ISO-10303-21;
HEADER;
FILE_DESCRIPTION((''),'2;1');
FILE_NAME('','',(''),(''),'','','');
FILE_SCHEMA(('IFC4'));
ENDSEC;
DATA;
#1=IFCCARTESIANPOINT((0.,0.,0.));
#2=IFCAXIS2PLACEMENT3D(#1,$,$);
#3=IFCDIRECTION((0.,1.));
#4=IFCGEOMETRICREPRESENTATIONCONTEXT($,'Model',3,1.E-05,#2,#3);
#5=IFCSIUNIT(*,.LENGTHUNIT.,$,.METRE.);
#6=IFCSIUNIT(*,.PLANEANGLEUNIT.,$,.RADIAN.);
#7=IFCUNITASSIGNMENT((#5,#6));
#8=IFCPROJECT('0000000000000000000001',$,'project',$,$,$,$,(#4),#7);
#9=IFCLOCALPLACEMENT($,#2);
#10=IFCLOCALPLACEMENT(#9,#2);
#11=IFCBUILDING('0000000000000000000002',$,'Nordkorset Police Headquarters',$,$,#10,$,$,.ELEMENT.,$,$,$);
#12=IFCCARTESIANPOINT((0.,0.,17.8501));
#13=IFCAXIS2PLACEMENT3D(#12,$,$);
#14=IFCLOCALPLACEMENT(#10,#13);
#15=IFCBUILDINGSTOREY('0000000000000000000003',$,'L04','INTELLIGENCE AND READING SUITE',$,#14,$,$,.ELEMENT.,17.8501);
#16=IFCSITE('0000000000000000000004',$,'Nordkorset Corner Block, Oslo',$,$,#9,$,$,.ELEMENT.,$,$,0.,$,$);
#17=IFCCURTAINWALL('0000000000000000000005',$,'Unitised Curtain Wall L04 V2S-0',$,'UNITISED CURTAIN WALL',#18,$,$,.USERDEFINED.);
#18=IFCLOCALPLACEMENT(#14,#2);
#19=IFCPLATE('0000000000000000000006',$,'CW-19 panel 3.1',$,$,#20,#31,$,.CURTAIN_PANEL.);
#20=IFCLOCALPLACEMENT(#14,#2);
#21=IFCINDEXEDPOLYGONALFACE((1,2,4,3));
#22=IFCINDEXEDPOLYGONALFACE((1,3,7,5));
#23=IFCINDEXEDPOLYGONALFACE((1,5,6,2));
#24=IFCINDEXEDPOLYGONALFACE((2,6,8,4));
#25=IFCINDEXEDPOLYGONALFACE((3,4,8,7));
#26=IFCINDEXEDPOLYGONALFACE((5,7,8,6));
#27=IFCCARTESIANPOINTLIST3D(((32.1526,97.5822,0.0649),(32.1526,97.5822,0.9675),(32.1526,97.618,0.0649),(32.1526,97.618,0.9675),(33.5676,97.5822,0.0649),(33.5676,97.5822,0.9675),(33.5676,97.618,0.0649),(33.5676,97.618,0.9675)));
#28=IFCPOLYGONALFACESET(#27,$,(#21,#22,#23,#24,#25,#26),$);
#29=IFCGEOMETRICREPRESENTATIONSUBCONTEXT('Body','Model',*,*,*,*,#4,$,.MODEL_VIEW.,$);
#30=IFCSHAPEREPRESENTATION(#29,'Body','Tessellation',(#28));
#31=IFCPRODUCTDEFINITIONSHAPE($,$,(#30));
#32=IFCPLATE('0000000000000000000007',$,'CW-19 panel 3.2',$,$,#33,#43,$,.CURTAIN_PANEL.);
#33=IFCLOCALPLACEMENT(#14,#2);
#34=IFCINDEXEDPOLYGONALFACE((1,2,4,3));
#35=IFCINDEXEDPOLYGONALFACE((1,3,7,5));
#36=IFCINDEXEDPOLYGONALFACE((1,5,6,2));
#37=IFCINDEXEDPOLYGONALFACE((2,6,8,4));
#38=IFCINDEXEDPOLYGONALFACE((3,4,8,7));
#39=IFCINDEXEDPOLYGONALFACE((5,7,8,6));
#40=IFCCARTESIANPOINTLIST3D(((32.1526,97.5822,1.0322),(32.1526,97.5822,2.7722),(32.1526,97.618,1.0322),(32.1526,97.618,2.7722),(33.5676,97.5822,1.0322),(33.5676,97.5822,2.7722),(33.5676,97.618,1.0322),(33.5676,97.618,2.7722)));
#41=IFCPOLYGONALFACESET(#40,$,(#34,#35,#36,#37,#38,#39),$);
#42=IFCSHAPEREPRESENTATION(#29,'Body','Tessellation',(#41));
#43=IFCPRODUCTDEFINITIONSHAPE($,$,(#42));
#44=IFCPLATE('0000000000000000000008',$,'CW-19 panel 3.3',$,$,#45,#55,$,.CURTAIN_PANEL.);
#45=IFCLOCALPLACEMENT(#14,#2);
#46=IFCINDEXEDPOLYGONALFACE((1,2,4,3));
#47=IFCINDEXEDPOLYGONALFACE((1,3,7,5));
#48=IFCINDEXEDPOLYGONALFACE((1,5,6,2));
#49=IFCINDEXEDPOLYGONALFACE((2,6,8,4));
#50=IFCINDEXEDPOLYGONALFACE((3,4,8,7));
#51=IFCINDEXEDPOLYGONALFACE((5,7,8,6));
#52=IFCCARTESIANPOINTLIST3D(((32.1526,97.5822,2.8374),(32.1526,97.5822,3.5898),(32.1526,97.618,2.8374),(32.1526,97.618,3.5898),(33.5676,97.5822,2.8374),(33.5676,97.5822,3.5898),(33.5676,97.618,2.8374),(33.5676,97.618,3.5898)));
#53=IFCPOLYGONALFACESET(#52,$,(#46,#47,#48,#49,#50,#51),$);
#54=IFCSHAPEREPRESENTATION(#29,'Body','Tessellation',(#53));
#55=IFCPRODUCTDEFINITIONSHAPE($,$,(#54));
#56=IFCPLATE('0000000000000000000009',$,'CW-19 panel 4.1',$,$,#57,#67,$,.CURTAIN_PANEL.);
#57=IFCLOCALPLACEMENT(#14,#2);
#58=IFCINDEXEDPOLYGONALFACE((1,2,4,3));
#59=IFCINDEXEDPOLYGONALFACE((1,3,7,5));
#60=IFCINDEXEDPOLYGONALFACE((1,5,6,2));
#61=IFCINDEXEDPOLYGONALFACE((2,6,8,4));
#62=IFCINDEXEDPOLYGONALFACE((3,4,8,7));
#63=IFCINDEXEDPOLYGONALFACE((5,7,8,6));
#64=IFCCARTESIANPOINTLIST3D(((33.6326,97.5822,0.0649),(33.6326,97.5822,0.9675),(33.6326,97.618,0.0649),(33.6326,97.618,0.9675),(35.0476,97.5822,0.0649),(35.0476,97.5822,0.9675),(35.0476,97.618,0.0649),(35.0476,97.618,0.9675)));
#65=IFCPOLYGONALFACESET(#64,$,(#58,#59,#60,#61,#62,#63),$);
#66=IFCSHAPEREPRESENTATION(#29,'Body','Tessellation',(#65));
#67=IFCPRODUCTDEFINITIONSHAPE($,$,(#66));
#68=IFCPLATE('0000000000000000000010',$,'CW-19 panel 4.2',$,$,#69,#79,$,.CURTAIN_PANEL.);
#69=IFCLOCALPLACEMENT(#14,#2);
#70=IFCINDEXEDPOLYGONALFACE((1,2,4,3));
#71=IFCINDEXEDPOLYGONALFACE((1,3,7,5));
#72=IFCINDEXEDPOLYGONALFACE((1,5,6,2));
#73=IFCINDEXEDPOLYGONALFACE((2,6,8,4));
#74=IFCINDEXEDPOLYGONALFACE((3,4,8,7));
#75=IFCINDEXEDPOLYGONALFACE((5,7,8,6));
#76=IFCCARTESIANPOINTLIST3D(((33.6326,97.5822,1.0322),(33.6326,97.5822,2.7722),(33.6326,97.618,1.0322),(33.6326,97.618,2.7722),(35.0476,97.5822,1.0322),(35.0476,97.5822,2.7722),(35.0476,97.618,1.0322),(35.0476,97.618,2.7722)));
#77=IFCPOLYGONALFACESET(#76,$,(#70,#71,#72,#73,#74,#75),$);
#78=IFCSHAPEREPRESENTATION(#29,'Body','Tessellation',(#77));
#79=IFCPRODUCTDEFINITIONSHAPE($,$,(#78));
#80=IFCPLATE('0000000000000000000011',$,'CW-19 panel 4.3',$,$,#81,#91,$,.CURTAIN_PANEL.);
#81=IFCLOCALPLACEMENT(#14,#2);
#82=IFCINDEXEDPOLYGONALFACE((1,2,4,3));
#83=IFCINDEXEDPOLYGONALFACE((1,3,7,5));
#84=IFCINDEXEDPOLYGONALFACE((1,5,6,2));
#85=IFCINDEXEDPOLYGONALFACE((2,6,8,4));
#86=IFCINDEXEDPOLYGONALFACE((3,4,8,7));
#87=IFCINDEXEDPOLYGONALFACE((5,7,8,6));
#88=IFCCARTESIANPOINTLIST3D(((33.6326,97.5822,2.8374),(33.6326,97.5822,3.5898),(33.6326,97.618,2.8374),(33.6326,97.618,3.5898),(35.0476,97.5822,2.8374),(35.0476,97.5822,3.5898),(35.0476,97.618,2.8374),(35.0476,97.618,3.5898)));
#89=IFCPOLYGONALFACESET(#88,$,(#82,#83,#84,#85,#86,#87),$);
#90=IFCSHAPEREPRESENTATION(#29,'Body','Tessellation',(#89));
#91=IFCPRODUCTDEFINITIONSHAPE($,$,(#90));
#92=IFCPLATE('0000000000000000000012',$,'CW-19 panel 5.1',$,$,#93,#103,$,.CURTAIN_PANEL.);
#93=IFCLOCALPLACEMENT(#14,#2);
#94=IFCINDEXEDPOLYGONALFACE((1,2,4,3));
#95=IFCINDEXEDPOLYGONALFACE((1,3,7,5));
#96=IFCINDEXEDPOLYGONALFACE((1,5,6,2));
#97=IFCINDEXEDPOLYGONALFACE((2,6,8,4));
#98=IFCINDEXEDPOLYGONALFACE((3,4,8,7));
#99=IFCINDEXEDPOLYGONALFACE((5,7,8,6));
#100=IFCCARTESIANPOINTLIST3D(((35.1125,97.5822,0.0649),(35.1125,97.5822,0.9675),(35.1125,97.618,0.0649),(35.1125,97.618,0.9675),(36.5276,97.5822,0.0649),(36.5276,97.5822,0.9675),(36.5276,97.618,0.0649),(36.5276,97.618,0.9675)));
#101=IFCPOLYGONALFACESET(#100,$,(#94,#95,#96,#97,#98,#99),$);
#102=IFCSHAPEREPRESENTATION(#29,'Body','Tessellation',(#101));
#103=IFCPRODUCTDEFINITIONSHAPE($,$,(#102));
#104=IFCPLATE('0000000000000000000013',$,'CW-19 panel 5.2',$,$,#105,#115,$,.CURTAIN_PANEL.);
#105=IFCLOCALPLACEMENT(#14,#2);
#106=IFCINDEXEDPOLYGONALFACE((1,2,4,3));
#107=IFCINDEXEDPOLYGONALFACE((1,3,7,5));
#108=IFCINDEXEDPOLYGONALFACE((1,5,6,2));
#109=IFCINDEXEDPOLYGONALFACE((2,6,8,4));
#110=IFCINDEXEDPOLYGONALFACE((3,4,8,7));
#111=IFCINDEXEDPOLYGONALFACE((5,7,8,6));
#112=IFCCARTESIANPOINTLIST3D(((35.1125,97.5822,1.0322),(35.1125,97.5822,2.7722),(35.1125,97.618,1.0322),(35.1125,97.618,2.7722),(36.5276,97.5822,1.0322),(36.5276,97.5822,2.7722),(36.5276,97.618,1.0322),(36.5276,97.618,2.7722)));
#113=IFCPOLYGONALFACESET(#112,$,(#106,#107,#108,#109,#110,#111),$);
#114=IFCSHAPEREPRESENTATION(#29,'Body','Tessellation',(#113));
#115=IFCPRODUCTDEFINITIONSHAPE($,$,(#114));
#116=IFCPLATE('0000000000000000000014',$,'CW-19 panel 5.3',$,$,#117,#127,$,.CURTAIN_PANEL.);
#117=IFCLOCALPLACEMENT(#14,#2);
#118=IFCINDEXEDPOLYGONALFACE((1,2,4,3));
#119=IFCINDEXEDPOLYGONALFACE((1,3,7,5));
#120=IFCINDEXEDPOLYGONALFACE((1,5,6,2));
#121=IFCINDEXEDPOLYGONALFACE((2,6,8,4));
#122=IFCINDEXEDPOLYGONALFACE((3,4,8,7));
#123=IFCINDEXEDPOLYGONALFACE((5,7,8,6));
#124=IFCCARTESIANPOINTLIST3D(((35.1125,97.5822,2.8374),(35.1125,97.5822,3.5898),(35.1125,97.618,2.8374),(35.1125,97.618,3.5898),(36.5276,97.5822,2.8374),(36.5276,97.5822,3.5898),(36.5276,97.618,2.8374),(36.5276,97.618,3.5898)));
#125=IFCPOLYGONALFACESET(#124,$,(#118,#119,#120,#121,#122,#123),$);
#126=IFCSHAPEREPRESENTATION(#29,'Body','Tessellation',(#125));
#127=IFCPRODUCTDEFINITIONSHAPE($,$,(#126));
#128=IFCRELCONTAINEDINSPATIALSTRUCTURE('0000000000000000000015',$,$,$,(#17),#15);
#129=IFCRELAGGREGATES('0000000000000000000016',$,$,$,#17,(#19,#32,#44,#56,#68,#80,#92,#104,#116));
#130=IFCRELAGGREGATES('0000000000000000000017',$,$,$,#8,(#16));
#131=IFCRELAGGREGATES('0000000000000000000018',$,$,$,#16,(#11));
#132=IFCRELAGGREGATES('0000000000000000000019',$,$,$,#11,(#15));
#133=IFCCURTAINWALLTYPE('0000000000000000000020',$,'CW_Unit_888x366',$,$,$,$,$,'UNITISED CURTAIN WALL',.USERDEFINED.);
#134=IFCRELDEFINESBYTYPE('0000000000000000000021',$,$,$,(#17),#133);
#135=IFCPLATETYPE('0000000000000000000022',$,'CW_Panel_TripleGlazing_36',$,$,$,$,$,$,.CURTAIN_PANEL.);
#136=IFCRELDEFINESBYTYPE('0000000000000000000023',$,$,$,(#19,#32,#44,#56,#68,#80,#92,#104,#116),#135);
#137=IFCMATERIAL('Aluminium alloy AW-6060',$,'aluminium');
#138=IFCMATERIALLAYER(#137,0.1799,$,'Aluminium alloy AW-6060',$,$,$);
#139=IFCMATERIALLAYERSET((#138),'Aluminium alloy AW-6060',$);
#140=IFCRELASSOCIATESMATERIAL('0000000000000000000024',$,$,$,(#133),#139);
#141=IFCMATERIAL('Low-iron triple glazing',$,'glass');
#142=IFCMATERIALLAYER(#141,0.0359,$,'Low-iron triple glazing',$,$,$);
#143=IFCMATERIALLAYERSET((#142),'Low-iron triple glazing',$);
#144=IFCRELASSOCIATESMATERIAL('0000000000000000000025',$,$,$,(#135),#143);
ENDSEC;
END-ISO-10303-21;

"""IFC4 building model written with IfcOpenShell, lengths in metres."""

from ifc_helpers import new_model, si_unit, direction, frame, origin, origin_2d, place, context, subcontext, project, spatial, rectangle, extrude, material, layer, layer_set, type_object, element, aggregate, save


model = new_model("IFC4")

# Units and contexts
model_context = context("Model", 3, precision=1e-05, world=origin(), true_north=direction((0.0, 1.0)))
body_context = subcontext(model_context, "Body", "Model", "MODEL_VIEW")
ifc_project = project(units=[si_unit("LENGTHUNIT", "METRE"), si_unit("PLANEANGLEUNIT", "RADIAN")], contexts=[model_context])

# Site, building, storey
site_placement = place(None, origin())
site = spatial("IfcSite", under=ifc_project, at=site_placement, Name="Nordkorset Corner Block, Oslo", CompositionType="ELEMENT", RefElevation=0.0)
building_placement = place(site_placement, origin())
building = spatial("IfcBuilding", under=site, at=building_placement, Name="Nordkorset Police Headquarters", CompositionType="ELEMENT")
storey_placement = place(building_placement, frame((0.0, 0.0, 17.8501)))
storey = spatial("IfcBuildingStorey", under=building, at=storey_placement, Name="L04", Description="INTELLIGENCE AND READING SUITE", CompositionType="ELEMENT", Elevation=17.8501)

# Curtain wall, plates
ifc_material_1 = material(Name="Aluminium alloy AW-6060", Category="aluminium")
ifc_layer_1 = layer(ifc_material_1, 0.1799, Name="Aluminium alloy AW-6060")
ifc_layer_set_1 = layer_set([ifc_layer_1], Name="Aluminium alloy AW-6060")
curtain_wall_type = type_object("IfcCurtainWallType", Name="CW_Unit_888x366", ElementType="UNITISED CURTAIN WALL", PredefinedType="USERDEFINED", material=ifc_layer_set_1)
curtain_wall_placement = place(storey_placement, origin())
curtain_wall = element("IfcCurtainWall", 1, at=curtain_wall_placement, inside=storey, type_object=curtain_wall_type, Name="Unitised Curtain Wall L04 V2S-0", ObjectType="UNITISED CURTAIN WALL", PredefinedType="USERDEFINED")
ifc_material_2 = material(Name="Low-iron triple glazing", Category="glass")
ifc_layer_2 = layer(ifc_material_2, 0.0359, Name="Low-iron triple glazing")
ifc_layer_set_2 = layer_set([ifc_layer_2], Name="Low-iron triple glazing")
plate_type = type_object("IfcPlateType", Name="CW_Panel_TripleGlazing_36", PredefinedType="CURTAIN_PANEL", material=ifc_layer_set_2)
plate_1_placement = place(storey_placement, frame((32.8601, 97.6001, 0.0649), z_axis=(0.0, 0.0, 1.0), x_axis=(1.0, 0.0, 0.0)))
plate_1 = element("IfcPlate", 2, at=plate_1_placement, type_object=plate_type, Name="CW-19 panel 3.1", PredefinedType="CURTAIN_PANEL", context=body_context, shape_type="SweptSolid", body=[
    extrude(rectangle(XDim=1.415, YDim=0.0359, at=origin_2d()), origin(), (0.0, 0.0, 1.0), 0.9026),
])
plate_2_placement = place(storey_placement, frame((32.8601, 97.6001, 1.0322), z_axis=(0.0, 0.0, 1.0), x_axis=(1.0, 0.0, 0.0)))
plate_2 = element("IfcPlate", 3, at=plate_2_placement, type_object=plate_type, Name="CW-19 panel 3.2", PredefinedType="CURTAIN_PANEL", context=body_context, shape_type="SweptSolid", body=[
    extrude(rectangle(XDim=1.415, YDim=0.0359, at=origin_2d()), origin(), (0.0, 0.0, 1.0), 1.74),
])
plate_3_placement = place(storey_placement, frame((32.8601, 97.6001, 2.8374), z_axis=(0.0, 0.0, 1.0), x_axis=(1.0, 0.0, 0.0)))
plate_3 = element("IfcPlate", 4, at=plate_3_placement, type_object=plate_type, Name="CW-19 panel 3.3", PredefinedType="CURTAIN_PANEL", context=body_context, shape_type="SweptSolid", body=[
    extrude(rectangle(XDim=1.415, YDim=0.0359, at=origin_2d()), origin(), (0.0, 0.0, 1.0), 0.7524),
])
plate_4_placement = place(storey_placement, frame((34.3401, 97.6001, 0.0649), z_axis=(0.0, 0.0, 1.0), x_axis=(1.0, 0.0, 0.0)))
plate_4 = element("IfcPlate", 5, at=plate_4_placement, type_object=plate_type, Name="CW-19 panel 4.1", PredefinedType="CURTAIN_PANEL", context=body_context, shape_type="SweptSolid", body=[
    extrude(rectangle(XDim=1.415, YDim=0.0359, at=origin_2d()), origin(), (0.0, 0.0, 1.0), 0.9026),
])
plate_5_placement = place(storey_placement, frame((34.3401, 97.6001, 1.0322), z_axis=(0.0, 0.0, 1.0), x_axis=(1.0, 0.0, 0.0)))
plate_5 = element("IfcPlate", 6, at=plate_5_placement, type_object=plate_type, Name="CW-19 panel 4.2", PredefinedType="CURTAIN_PANEL", context=body_context, shape_type="SweptSolid", body=[
    extrude(rectangle(XDim=1.415, YDim=0.0359, at=origin_2d()), origin(), (0.0, 0.0, 1.0), 1.74),
])
plate_6_placement = place(storey_placement, frame((34.3401, 97.6001, 2.8374), z_axis=(0.0, 0.0, 1.0), x_axis=(1.0, 0.0, 0.0)))
plate_6 = element("IfcPlate", 7, at=plate_6_placement, type_object=plate_type, Name="CW-19 panel 4.3", PredefinedType="CURTAIN_PANEL", context=body_context, shape_type="SweptSolid", body=[
    extrude(rectangle(XDim=1.415, YDim=0.0359, at=origin_2d()), origin(), (0.0, 0.0, 1.0), 0.7524),
])
plate_7_placement = place(storey_placement, frame((35.8201, 97.6001, 0.0649), z_axis=(0.0, 0.0, 1.0), x_axis=(1.0, 0.0, 0.0)))
plate_7 = element("IfcPlate", 8, at=plate_7_placement, type_object=plate_type, Name="CW-19 panel 5.1", PredefinedType="CURTAIN_PANEL", context=body_context, shape_type="SweptSolid", body=[
    extrude(rectangle(XDim=1.415, YDim=0.0359, at=origin_2d()), origin(), (0.0, 0.0, 1.0), 0.9026),
])
plate_8_placement = place(storey_placement, frame((35.8201, 97.6001, 1.0322), z_axis=(0.0, 0.0, 1.0), x_axis=(1.0, 0.0, 0.0)))
plate_8 = element("IfcPlate", 9, at=plate_8_placement, type_object=plate_type, Name="CW-19 panel 5.2", PredefinedType="CURTAIN_PANEL", context=body_context, shape_type="SweptSolid", body=[
    extrude(rectangle(XDim=1.415, YDim=0.0359, at=origin_2d()), origin(), (0.0, 0.0, 1.0), 1.74),
])
plate_9_placement = place(storey_placement, frame((35.8201, 97.6001, 2.8374), z_axis=(0.0, 0.0, 1.0), x_axis=(1.0, 0.0, 0.0)))
plate_9 = element("IfcPlate", 10, at=plate_9_placement, type_object=plate_type, Name="CW-19 panel 5.3", PredefinedType="CURTAIN_PANEL", context=body_context, shape_type="SweptSolid", body=[
    extrude(rectangle(XDim=1.415, YDim=0.0359, at=origin_2d()), origin(), (0.0, 0.0, 1.0), 0.7524),
])
aggregate(curtain_wall, [plate_1, plate_2, plate_3, plate_4, plate_5, plate_6, plate_7, plate_8, plate_9])

save(model, "model.ifc")
